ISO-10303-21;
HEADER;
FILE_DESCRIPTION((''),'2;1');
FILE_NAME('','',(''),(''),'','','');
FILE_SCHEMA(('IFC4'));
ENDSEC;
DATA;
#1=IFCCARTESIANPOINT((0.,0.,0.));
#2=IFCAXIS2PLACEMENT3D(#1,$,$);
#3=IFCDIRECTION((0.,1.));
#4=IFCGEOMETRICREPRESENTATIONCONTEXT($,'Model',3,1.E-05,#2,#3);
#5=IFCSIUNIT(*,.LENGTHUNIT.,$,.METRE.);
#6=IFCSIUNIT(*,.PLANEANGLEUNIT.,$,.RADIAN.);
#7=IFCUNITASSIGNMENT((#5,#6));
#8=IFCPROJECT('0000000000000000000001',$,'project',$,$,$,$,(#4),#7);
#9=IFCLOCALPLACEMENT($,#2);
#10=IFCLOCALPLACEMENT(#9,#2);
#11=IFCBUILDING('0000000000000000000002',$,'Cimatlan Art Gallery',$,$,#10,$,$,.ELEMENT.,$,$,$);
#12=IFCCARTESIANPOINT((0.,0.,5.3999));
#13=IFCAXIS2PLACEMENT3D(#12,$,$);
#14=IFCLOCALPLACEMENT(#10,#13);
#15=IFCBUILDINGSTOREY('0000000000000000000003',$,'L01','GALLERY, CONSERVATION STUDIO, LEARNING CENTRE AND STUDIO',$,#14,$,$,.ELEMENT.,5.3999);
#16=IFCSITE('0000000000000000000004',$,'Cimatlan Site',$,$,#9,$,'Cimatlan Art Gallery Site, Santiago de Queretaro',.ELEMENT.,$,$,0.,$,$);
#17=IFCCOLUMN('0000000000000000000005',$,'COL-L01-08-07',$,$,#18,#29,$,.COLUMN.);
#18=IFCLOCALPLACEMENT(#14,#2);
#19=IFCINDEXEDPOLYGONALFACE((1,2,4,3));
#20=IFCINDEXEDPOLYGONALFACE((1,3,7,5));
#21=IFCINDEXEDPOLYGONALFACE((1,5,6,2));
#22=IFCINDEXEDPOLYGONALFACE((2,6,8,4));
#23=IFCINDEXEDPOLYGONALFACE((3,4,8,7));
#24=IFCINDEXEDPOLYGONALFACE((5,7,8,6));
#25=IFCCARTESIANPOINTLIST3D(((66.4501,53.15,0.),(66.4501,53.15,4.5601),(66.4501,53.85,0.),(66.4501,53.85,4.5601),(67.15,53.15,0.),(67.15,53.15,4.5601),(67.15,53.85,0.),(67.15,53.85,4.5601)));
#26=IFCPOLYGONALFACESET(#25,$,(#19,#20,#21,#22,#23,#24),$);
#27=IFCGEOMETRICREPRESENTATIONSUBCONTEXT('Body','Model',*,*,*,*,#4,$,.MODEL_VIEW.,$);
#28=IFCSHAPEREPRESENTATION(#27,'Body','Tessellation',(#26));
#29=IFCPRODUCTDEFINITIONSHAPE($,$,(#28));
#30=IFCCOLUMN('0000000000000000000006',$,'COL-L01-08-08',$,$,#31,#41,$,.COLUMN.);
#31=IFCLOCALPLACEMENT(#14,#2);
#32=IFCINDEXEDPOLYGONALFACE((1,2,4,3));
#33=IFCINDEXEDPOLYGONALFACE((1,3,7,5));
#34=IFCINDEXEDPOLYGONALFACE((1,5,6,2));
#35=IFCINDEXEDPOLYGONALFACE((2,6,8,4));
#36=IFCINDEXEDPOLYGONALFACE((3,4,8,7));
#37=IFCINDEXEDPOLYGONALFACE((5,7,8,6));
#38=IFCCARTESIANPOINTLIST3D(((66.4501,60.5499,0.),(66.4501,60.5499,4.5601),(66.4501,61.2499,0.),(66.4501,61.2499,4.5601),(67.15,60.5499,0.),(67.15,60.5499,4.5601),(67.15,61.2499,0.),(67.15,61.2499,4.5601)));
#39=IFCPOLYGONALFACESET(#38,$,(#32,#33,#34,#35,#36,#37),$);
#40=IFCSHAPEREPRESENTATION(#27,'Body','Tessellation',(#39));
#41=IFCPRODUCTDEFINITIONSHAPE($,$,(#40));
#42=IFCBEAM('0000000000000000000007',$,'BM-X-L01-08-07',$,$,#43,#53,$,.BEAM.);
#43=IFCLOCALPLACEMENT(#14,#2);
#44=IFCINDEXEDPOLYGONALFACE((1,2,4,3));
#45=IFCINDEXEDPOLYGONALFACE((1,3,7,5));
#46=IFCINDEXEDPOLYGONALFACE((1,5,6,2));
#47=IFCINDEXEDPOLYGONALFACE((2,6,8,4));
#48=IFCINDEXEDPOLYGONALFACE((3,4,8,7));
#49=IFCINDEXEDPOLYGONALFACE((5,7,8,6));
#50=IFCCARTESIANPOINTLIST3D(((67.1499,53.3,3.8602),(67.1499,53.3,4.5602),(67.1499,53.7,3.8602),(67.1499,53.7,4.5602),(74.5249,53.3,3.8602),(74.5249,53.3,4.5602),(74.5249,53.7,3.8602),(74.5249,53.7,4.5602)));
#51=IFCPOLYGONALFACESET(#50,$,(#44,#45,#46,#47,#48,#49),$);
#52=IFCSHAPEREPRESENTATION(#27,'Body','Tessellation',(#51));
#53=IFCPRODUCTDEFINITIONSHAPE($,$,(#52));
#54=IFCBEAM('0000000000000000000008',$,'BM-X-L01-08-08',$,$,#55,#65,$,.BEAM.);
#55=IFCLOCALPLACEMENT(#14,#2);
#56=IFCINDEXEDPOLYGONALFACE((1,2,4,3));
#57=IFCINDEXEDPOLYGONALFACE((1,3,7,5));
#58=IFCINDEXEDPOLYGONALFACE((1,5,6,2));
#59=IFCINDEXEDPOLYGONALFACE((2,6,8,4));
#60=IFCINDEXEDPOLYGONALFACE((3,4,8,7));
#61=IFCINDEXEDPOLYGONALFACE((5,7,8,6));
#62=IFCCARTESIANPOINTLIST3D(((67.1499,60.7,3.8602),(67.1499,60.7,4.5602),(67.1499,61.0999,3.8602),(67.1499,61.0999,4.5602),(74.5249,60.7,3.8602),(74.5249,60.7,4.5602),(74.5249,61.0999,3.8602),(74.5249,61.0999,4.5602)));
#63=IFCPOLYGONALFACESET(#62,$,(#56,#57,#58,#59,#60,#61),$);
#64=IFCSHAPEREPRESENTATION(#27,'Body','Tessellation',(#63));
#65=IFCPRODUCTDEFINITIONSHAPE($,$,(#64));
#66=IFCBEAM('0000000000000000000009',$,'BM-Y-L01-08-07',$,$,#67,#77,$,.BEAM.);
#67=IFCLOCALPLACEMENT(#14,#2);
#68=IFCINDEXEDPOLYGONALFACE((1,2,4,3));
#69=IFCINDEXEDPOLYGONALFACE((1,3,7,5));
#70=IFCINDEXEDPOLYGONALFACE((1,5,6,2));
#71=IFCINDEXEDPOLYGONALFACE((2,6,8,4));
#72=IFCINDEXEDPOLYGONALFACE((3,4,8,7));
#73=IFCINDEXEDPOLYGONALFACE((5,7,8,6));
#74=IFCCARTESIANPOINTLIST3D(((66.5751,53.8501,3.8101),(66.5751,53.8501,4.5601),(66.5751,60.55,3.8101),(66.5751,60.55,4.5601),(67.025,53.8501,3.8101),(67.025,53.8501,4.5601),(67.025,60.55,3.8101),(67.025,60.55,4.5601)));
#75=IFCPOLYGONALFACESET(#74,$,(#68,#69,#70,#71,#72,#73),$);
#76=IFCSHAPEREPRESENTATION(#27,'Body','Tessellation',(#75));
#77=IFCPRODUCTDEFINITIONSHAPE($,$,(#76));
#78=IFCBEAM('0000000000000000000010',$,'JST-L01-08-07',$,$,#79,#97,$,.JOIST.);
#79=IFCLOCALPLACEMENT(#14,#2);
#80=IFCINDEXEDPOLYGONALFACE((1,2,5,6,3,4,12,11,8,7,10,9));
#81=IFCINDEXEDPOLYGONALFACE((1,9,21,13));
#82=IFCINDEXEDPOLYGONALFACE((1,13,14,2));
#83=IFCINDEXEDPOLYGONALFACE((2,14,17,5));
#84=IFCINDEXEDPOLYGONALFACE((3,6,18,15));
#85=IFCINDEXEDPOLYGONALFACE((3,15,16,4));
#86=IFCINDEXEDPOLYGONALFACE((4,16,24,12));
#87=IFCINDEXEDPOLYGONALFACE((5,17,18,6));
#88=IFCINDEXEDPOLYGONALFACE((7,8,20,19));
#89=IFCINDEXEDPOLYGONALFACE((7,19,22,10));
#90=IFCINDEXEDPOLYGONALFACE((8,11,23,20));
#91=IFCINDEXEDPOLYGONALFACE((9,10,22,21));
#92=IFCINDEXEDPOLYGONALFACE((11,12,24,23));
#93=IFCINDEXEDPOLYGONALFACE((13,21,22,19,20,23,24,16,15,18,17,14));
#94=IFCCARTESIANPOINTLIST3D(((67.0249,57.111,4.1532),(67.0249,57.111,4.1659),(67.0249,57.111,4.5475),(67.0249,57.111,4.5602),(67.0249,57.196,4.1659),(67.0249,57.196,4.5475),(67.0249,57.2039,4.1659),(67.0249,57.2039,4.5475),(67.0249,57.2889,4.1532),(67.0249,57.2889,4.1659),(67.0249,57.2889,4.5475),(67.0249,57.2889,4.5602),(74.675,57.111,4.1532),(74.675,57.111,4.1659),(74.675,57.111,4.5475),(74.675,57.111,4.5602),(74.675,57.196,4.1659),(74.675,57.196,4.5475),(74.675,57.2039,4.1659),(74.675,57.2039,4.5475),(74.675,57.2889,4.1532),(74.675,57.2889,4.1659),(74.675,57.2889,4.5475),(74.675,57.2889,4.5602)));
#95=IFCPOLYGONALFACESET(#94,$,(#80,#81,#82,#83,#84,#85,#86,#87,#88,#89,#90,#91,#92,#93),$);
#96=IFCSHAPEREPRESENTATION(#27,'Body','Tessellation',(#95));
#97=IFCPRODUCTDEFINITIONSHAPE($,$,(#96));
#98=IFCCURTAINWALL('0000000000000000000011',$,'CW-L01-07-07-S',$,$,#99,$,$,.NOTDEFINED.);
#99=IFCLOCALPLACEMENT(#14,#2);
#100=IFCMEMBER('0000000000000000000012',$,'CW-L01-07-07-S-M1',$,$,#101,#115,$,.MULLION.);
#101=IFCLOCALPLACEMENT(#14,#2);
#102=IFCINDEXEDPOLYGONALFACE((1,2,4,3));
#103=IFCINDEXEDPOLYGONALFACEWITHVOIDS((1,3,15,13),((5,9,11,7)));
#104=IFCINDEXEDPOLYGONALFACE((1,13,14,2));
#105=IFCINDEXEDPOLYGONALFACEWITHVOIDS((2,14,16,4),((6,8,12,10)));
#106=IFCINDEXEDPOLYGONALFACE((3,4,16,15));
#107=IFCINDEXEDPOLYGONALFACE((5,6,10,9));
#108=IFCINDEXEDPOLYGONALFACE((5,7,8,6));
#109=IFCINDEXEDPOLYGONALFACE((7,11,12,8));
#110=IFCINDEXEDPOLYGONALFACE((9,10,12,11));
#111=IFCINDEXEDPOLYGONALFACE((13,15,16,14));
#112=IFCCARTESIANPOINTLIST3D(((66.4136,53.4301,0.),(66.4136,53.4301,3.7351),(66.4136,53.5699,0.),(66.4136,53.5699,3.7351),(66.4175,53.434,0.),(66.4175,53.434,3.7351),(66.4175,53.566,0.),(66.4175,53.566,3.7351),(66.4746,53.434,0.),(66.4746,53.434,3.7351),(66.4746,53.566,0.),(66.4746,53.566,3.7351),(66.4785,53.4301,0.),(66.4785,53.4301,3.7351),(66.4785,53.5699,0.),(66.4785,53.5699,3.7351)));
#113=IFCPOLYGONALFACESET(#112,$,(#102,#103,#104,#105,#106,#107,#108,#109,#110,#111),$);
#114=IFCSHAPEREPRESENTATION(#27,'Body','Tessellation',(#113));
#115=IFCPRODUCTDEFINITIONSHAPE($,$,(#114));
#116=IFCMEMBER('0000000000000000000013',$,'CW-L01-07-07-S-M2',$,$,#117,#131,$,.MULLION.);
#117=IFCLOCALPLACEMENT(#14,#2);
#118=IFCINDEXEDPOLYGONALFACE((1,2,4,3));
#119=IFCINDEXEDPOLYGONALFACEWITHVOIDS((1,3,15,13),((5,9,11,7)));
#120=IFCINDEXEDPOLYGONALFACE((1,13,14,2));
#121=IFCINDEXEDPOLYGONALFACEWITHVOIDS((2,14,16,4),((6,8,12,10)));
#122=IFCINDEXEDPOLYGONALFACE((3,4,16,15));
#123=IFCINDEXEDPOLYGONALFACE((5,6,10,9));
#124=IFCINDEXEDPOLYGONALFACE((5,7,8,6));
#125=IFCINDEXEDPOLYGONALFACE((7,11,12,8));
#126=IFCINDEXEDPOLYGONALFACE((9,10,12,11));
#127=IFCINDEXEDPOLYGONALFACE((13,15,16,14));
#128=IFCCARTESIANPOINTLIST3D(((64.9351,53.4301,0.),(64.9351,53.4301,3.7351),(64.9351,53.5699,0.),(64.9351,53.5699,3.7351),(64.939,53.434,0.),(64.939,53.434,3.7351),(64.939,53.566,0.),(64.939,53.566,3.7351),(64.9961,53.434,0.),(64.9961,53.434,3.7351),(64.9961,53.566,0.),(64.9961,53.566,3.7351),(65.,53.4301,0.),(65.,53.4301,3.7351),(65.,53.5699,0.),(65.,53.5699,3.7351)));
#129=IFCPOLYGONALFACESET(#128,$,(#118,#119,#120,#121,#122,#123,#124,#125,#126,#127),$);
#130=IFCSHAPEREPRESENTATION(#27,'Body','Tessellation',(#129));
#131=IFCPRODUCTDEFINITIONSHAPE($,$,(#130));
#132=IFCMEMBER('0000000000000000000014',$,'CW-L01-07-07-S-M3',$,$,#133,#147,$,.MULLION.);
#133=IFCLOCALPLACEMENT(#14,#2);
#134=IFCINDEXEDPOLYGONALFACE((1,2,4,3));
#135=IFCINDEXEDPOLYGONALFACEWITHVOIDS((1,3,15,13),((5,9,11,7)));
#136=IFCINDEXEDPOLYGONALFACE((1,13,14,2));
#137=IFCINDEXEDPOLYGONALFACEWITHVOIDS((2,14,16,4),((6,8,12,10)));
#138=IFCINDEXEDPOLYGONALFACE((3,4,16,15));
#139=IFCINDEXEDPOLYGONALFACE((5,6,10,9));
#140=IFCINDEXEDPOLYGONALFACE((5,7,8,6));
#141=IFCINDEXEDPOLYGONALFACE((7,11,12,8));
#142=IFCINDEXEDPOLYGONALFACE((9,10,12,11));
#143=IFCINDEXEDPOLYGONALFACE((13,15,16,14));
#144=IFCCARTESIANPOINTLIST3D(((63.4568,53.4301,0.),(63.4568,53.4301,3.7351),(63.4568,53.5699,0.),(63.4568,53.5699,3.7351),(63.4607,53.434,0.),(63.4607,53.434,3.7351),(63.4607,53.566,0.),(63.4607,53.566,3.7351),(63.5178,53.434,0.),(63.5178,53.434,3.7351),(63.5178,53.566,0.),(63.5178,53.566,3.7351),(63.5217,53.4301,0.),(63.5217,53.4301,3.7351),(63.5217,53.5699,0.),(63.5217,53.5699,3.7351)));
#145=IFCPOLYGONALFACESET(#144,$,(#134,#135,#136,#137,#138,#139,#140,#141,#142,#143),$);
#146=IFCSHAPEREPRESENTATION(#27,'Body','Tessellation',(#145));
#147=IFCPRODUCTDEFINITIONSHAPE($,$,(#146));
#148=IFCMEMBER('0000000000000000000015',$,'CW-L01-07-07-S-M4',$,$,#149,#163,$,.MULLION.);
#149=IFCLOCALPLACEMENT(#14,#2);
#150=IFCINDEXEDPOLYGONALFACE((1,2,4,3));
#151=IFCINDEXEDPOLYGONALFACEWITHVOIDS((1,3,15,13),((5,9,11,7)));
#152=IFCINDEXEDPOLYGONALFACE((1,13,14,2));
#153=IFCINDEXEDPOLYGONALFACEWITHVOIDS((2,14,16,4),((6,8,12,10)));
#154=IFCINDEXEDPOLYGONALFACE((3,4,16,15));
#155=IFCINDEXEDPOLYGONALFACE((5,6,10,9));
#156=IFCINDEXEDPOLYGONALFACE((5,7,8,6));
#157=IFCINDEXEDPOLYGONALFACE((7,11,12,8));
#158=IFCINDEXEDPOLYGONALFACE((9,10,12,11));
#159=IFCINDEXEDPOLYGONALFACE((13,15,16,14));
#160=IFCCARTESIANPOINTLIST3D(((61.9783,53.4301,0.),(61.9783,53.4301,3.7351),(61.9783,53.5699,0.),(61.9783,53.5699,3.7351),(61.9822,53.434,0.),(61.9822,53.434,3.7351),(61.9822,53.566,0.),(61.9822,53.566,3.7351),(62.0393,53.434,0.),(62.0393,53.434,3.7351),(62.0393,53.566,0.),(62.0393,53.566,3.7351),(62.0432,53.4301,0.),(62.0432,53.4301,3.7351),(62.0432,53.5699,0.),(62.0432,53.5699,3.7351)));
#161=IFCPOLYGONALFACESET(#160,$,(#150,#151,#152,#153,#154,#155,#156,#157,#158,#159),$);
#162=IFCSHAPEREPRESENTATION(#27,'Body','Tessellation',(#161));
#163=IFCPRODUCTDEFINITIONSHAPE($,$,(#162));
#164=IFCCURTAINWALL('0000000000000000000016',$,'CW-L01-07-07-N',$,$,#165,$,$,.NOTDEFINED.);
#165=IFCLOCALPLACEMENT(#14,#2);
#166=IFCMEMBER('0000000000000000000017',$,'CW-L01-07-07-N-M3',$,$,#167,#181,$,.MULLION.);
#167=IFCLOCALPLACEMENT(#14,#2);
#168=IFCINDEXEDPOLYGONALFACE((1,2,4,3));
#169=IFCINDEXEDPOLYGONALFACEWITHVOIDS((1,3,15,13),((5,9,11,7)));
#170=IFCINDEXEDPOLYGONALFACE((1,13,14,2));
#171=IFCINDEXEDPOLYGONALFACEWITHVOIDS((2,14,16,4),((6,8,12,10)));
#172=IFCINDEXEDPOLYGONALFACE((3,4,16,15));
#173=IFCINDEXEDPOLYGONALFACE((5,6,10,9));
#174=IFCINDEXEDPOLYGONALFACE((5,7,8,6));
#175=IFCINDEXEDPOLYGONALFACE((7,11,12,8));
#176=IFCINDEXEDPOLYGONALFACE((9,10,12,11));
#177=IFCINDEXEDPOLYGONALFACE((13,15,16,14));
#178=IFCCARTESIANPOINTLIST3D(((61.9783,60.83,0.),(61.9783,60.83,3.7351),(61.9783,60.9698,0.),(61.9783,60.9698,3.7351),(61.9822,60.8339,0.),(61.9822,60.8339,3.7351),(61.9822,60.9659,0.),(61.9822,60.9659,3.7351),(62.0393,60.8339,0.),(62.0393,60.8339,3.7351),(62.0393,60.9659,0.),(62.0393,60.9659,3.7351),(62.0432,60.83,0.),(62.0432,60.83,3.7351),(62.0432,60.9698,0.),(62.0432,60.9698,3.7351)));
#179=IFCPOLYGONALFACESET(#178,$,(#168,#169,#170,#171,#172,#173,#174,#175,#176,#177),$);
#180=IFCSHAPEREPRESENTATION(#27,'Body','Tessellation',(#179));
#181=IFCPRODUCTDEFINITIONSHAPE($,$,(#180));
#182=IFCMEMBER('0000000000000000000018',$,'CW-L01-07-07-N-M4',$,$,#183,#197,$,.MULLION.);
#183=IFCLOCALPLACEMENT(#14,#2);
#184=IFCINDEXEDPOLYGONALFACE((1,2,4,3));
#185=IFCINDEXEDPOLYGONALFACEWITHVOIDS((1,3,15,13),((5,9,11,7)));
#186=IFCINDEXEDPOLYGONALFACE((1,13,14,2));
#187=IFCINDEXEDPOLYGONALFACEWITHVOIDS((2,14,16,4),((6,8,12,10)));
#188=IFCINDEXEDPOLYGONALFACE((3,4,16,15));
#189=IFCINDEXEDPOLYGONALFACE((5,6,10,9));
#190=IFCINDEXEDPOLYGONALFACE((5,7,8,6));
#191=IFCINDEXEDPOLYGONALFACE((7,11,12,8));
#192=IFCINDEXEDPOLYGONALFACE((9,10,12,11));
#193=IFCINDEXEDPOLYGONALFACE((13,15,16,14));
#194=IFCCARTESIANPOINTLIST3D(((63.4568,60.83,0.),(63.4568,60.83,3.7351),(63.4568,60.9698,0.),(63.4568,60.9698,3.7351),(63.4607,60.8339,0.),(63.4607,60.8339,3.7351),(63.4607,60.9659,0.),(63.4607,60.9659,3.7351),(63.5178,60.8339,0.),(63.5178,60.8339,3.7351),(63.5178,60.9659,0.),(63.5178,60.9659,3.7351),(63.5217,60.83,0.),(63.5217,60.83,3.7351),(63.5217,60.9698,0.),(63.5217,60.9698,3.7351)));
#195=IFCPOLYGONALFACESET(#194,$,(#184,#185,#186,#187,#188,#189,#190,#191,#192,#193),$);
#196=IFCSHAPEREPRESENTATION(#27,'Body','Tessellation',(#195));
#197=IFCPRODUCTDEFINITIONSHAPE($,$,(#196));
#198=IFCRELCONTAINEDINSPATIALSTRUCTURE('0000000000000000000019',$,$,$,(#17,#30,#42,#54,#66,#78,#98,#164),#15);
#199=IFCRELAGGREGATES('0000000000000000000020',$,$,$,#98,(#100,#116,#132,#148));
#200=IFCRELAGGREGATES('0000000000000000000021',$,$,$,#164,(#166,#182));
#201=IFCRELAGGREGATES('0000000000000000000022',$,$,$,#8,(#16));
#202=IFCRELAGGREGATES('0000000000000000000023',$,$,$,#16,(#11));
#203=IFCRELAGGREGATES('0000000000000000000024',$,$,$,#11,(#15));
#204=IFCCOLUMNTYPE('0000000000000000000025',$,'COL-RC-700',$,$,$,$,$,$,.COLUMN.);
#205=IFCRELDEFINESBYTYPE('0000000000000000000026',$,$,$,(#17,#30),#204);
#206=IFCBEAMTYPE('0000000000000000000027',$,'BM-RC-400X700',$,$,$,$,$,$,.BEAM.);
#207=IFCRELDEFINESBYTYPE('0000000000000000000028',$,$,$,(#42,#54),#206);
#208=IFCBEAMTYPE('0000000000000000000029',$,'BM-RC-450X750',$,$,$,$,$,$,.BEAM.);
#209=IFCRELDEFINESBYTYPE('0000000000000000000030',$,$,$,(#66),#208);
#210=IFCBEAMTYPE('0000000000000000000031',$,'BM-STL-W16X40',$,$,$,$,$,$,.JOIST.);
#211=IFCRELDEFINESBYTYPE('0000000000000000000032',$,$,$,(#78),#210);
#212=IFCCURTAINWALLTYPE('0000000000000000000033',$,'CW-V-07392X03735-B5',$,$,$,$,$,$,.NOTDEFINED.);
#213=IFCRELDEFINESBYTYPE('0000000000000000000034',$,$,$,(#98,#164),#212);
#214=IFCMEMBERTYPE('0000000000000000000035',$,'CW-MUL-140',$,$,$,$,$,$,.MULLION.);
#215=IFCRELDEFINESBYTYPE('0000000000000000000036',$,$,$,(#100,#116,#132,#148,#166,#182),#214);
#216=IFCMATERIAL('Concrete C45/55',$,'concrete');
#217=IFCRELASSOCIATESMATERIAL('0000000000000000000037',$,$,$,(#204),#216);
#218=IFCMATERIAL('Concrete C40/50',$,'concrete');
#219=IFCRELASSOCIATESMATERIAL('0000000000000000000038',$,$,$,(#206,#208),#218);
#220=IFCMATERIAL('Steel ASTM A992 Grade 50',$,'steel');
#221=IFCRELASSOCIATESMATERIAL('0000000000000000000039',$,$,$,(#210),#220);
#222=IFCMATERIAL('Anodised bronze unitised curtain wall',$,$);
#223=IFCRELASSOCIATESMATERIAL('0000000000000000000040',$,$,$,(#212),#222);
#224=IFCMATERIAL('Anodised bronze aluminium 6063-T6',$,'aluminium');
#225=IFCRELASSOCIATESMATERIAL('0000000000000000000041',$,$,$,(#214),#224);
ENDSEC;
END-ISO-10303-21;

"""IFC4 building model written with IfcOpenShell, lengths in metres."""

from ifc_helpers import new_model, si_unit, direction, frame, origin, origin_2d, place, context, subcontext, project, spatial, rectangle, hollow_rectangle, i_section, extrude, material, material_profile, profile_set, type_object, element, aggregate, save


model = new_model("IFC4")

# Units and contexts
model_context = context("Model", 3, precision=1e-05, world=origin(), true_north=direction((0.0, 1.0)))
body_context = subcontext(model_context, "Body", "Model", "MODEL_VIEW")
ifc_project = project(units=[si_unit("LENGTHUNIT", "METRE"), si_unit("PLANEANGLEUNIT", "RADIAN")], contexts=[model_context])

# Site, building, storey
site_placement = place(None, origin())
site = spatial("IfcSite", under=ifc_project, at=site_placement, Name="Cimatlan Site", LongName="Cimatlan Art Gallery Site, Santiago de Queretaro", CompositionType="ELEMENT", RefElevation=0.0)
building_placement = place(site_placement, origin())
building = spatial("IfcBuilding", under=site, at=building_placement, Name="Cimatlan Art Gallery", CompositionType="ELEMENT")
storey_placement = place(building_placement, frame((0.0, 0.0, 5.3999)))
storey = spatial("IfcBuildingStorey", under=building, at=storey_placement, Name="L01", Description="GALLERY, CONSERVATION STUDIO, LEARNING CENTRE AND STUDIO", CompositionType="ELEMENT", Elevation=5.3999)

# Columns
ifc_material_1 = material(Name="Concrete C45/55", Category="concrete")
ifc_material_profile_1 = material_profile(ifc_material_1, rectangle(XDim=0.7, YDim=0.7, at=origin_2d()), Name="RC700X700")
ifc_profile_set_1 = profile_set([ifc_material_profile_1], Name="Concrete C45/55")
column_type = type_object("IfcColumnType", Name="COL-RC-700", PredefinedType="COLUMN", material=ifc_profile_set_1)
for number, where, z_axis, x_axis, name in (
    (1, (66.8, 53.5, 0.0), (0.0, 0.0, 1.0), (1.0, 0.0, 0.0), "COL-L01-08-07"),
    (2, (66.8, 60.8999, 0.0), (0.0, 0.0, 1.0), (1.0, 0.0, 0.0), "COL-L01-08-08"),
):
    element("IfcColumn", number, at=place(storey_placement, frame(where, z_axis=z_axis, x_axis=x_axis)), inside=storey, type_object=column_type, Name=name, PredefinedType="COLUMN", context=body_context, shape_type="SweptSolid", body=[
        extrude(rectangle(XDim=0.7, YDim=0.7, at=origin_2d()), origin(), (0.0, 0.0, 1.0), 4.5601),
    ])

# Beams
ifc_material_2 = material(Name="Concrete C40/50", Category="concrete")
ifc_material_profile_2 = material_profile(ifc_material_2, rectangle(XDim=0.3999, YDim=0.7, at=origin_2d()), Name="RC400X700")
ifc_profile_set_2 = profile_set([ifc_material_profile_2], Name="Concrete C40/50")
beam_type_1 = type_object("IfcBeamType", Name="BM-RC-400X700", PredefinedType="BEAM", material=ifc_profile_set_2)
for number, where, z_axis, x_axis, name in (
    (3, (67.1499, 53.5, 4.2102), (1.0, 0.0, 0.0), (0.0, 1.0, 0.0), "BM-X-L01-08-07"),
    (4, (67.1499, 60.8999, 4.2102), (1.0, 0.0, 0.0), (0.0, 1.0, 0.0), "BM-X-L01-08-08"),
):
    element("IfcBeam", number, at=place(storey_placement, frame(where, z_axis=z_axis, x_axis=x_axis)), inside=storey, type_object=beam_type_1, Name=name, PredefinedType="BEAM", context=body_context, shape_type="SweptSolid", body=[
        extrude(rectangle(XDim=0.3999, YDim=0.7, at=origin_2d()), origin(), (0.0, 0.0, 1.0), 7.375),
    ])
ifc_material_profile_3 = material_profile(ifc_material_2, rectangle(XDim=0.45, YDim=0.75, at=origin_2d()), Name="RC450X750")
ifc_profile_set_3 = profile_set([ifc_material_profile_3], Name="Concrete C40/50")
beam_type_2 = type_object("IfcBeamType", Name="BM-RC-450X750", PredefinedType="BEAM", material=ifc_profile_set_3)
beam_1_placement = place(storey_placement, frame((66.8, 53.8501, 4.1851), z_axis=(0.0, 1.0, 0.0), x_axis=(-1.0, 0.0, 0.0)))
element("IfcBeam", 5, at=beam_1_placement, inside=storey, type_object=beam_type_2, Name="BM-Y-L01-08-07", PredefinedType="BEAM", context=body_context, shape_type="SweptSolid", body=[
    extrude(rectangle(XDim=0.45, YDim=0.75, at=origin_2d()), origin(), (0.0, 0.0, 1.0), 6.7),
])
ifc_material_3 = material(Name="Steel ASTM A992 Grade 50", Category="steel")
ifc_material_profile_4 = material_profile(ifc_material_3, i_section(OverallWidth=0.178, OverallDepth=0.407, WebThickness=0.0078, FlangeThickness=0.0127, at=origin_2d()), Name="W16X40")
ifc_profile_set_4 = profile_set([ifc_material_profile_4], Name="Steel ASTM A992 Grade 50")
beam_type_3 = type_object("IfcBeamType", Name="BM-STL-W16X40", PredefinedType="JOIST", material=ifc_profile_set_4)
beam_2_placement = place(storey_placement, frame((67.0249, 57.2, 4.3567), z_axis=(1.0, 0.0, 0.0), x_axis=(0.0, 1.0, 0.0)))
element("IfcBeam", 6, at=beam_2_placement, inside=storey, type_object=beam_type_3, Name="JST-L01-08-07", PredefinedType="JOIST", context=body_context, shape_type="SweptSolid", body=[
    extrude(i_section(OverallWidth=0.178, OverallDepth=0.407, WebThickness=0.0078, FlangeThickness=0.0127, at=origin_2d()), origin(), (0.0, 0.0, 1.0), 7.6501),
])

# Curtain walls, members
ifc_material_4 = material(Name="Anodised bronze unitised curtain wall")
curtain_wall_type_1 = type_object("IfcCurtainWallType", Name="CW-V-07392X03735-B5", PredefinedType="NOTDEFINED", material=ifc_material_4)
curtain_wall_1_placement = place(storey_placement, origin())
curtain_wall_1 = element("IfcCurtainWall", 7, at=curtain_wall_1_placement, inside=storey, type_object=curtain_wall_type_1, Name="CW-L01-07-07-S", PredefinedType="NOTDEFINED")
ifc_material_5 = material(Name="Anodised bronze aluminium 6063-T6", Category="aluminium")
ifc_material_profile_5 = material_profile(ifc_material_5, hollow_rectangle(XDim=0.0649, YDim=0.1399, WallThickness=0.0039, at=origin_2d()), Name="ALU65X140X4")
ifc_profile_set_5 = profile_set([ifc_material_profile_5], Name="Anodised bronze aluminium 6063-T6")
member_type_1 = type_object("IfcMemberType", Name="CW-MUL-140", PredefinedType="MULLION", material=ifc_profile_set_5)
member_1_placement = place(storey_placement, frame((66.446, 53.5, 0.0), z_axis=(0.0, 0.0, 1.0), x_axis=(1.0, 0.0, 0.0)))
member_1 = element("IfcMember", 8, at=member_1_placement, type_object=member_type_1, Name="CW-L01-07-07-S-M1", PredefinedType="MULLION", context=body_context, shape_type="SweptSolid", body=[
    extrude(hollow_rectangle(XDim=0.0649, YDim=0.1399, WallThickness=0.0039, at=origin_2d()), origin(), (0.0, 0.0, 1.0), 3.7351),
])
member_2_placement = place(storey_placement, frame((64.9675, 53.5, 0.0), z_axis=(0.0, 0.0, 1.0), x_axis=(1.0, 0.0, 0.0)))
member_2 = element("IfcMember", 9, at=member_2_placement, type_object=member_type_1, Name="CW-L01-07-07-S-M2", PredefinedType="MULLION", context=body_context, shape_type="SweptSolid", body=[
    extrude(hollow_rectangle(XDim=0.0649, YDim=0.1399, WallThickness=0.0039, at=origin_2d()), origin(), (0.0, 0.0, 1.0), 3.7351),
])
member_3_placement = place(storey_placement, frame((63.4893, 53.5, 0.0), z_axis=(0.0, 0.0, 1.0), x_axis=(1.0, 0.0, 0.0)))
member_3 = element("IfcMember", 10, at=member_3_placement, type_object=member_type_1, Name="CW-L01-07-07-S-M3", PredefinedType="MULLION", context=body_context, shape_type="SweptSolid", body=[
    extrude(hollow_rectangle(XDim=0.0649, YDim=0.1399, WallThickness=0.0039, at=origin_2d()), origin(), (0.0, 0.0, 1.0), 3.7351),
])
member_4_placement = place(storey_placement, frame((62.0107, 53.5, 0.0), z_axis=(0.0, 0.0, 1.0), x_axis=(1.0, 0.0, 0.0)))
member_4 = element("IfcMember", 11, at=member_4_placement, type_object=member_type_1, Name="CW-L01-07-07-S-M4", PredefinedType="MULLION", context=body_context, shape_type="SweptSolid", body=[
    extrude(hollow_rectangle(XDim=0.0649, YDim=0.1399, WallThickness=0.0039, at=origin_2d()), origin(), (0.0, 0.0, 1.0), 3.7351),
])
curtain_wall_2_placement = place(storey_placement, origin())
curtain_wall_2 = element("IfcCurtainWall", 12, at=curtain_wall_2_placement, inside=storey, type_object=curtain_wall_type_1, Name="CW-L01-07-07-N", PredefinedType="NOTDEFINED")
member_5_placement = place(storey_placement, frame((62.0107, 60.8999, 0.0), z_axis=(0.0, 0.0, 1.0), x_axis=(1.0, 0.0, 0.0)))
member_5 = element("IfcMember", 13, at=member_5_placement, type_object=member_type_1, Name="CW-L01-07-07-N-M3", PredefinedType="MULLION", context=body_context, shape_type="SweptSolid", body=[
    extrude(hollow_rectangle(XDim=0.0649, YDim=0.1399, WallThickness=0.0039, at=origin_2d()), origin(), (0.0, 0.0, 1.0), 3.7351),
])
member_6_placement = place(storey_placement, frame((63.4893, 60.8999, 0.0), z_axis=(0.0, 0.0, 1.0), x_axis=(1.0, 0.0, 0.0)))
member_6 = element("IfcMember", 14, at=member_6_placement, type_object=member_type_1, Name="CW-L01-07-07-N-M4", PredefinedType="MULLION", context=body_context, shape_type="SweptSolid", body=[
    extrude(hollow_rectangle(XDim=0.0649, YDim=0.1399, WallThickness=0.0039, at=origin_2d()), origin(), (0.0, 0.0, 1.0), 3.7351),
])

aggregate(curtain_wall_1, [member_1, member_2, member_3, member_4])
aggregate(curtain_wall_2, [member_5, member_6])

save(model, "model.ifc")
